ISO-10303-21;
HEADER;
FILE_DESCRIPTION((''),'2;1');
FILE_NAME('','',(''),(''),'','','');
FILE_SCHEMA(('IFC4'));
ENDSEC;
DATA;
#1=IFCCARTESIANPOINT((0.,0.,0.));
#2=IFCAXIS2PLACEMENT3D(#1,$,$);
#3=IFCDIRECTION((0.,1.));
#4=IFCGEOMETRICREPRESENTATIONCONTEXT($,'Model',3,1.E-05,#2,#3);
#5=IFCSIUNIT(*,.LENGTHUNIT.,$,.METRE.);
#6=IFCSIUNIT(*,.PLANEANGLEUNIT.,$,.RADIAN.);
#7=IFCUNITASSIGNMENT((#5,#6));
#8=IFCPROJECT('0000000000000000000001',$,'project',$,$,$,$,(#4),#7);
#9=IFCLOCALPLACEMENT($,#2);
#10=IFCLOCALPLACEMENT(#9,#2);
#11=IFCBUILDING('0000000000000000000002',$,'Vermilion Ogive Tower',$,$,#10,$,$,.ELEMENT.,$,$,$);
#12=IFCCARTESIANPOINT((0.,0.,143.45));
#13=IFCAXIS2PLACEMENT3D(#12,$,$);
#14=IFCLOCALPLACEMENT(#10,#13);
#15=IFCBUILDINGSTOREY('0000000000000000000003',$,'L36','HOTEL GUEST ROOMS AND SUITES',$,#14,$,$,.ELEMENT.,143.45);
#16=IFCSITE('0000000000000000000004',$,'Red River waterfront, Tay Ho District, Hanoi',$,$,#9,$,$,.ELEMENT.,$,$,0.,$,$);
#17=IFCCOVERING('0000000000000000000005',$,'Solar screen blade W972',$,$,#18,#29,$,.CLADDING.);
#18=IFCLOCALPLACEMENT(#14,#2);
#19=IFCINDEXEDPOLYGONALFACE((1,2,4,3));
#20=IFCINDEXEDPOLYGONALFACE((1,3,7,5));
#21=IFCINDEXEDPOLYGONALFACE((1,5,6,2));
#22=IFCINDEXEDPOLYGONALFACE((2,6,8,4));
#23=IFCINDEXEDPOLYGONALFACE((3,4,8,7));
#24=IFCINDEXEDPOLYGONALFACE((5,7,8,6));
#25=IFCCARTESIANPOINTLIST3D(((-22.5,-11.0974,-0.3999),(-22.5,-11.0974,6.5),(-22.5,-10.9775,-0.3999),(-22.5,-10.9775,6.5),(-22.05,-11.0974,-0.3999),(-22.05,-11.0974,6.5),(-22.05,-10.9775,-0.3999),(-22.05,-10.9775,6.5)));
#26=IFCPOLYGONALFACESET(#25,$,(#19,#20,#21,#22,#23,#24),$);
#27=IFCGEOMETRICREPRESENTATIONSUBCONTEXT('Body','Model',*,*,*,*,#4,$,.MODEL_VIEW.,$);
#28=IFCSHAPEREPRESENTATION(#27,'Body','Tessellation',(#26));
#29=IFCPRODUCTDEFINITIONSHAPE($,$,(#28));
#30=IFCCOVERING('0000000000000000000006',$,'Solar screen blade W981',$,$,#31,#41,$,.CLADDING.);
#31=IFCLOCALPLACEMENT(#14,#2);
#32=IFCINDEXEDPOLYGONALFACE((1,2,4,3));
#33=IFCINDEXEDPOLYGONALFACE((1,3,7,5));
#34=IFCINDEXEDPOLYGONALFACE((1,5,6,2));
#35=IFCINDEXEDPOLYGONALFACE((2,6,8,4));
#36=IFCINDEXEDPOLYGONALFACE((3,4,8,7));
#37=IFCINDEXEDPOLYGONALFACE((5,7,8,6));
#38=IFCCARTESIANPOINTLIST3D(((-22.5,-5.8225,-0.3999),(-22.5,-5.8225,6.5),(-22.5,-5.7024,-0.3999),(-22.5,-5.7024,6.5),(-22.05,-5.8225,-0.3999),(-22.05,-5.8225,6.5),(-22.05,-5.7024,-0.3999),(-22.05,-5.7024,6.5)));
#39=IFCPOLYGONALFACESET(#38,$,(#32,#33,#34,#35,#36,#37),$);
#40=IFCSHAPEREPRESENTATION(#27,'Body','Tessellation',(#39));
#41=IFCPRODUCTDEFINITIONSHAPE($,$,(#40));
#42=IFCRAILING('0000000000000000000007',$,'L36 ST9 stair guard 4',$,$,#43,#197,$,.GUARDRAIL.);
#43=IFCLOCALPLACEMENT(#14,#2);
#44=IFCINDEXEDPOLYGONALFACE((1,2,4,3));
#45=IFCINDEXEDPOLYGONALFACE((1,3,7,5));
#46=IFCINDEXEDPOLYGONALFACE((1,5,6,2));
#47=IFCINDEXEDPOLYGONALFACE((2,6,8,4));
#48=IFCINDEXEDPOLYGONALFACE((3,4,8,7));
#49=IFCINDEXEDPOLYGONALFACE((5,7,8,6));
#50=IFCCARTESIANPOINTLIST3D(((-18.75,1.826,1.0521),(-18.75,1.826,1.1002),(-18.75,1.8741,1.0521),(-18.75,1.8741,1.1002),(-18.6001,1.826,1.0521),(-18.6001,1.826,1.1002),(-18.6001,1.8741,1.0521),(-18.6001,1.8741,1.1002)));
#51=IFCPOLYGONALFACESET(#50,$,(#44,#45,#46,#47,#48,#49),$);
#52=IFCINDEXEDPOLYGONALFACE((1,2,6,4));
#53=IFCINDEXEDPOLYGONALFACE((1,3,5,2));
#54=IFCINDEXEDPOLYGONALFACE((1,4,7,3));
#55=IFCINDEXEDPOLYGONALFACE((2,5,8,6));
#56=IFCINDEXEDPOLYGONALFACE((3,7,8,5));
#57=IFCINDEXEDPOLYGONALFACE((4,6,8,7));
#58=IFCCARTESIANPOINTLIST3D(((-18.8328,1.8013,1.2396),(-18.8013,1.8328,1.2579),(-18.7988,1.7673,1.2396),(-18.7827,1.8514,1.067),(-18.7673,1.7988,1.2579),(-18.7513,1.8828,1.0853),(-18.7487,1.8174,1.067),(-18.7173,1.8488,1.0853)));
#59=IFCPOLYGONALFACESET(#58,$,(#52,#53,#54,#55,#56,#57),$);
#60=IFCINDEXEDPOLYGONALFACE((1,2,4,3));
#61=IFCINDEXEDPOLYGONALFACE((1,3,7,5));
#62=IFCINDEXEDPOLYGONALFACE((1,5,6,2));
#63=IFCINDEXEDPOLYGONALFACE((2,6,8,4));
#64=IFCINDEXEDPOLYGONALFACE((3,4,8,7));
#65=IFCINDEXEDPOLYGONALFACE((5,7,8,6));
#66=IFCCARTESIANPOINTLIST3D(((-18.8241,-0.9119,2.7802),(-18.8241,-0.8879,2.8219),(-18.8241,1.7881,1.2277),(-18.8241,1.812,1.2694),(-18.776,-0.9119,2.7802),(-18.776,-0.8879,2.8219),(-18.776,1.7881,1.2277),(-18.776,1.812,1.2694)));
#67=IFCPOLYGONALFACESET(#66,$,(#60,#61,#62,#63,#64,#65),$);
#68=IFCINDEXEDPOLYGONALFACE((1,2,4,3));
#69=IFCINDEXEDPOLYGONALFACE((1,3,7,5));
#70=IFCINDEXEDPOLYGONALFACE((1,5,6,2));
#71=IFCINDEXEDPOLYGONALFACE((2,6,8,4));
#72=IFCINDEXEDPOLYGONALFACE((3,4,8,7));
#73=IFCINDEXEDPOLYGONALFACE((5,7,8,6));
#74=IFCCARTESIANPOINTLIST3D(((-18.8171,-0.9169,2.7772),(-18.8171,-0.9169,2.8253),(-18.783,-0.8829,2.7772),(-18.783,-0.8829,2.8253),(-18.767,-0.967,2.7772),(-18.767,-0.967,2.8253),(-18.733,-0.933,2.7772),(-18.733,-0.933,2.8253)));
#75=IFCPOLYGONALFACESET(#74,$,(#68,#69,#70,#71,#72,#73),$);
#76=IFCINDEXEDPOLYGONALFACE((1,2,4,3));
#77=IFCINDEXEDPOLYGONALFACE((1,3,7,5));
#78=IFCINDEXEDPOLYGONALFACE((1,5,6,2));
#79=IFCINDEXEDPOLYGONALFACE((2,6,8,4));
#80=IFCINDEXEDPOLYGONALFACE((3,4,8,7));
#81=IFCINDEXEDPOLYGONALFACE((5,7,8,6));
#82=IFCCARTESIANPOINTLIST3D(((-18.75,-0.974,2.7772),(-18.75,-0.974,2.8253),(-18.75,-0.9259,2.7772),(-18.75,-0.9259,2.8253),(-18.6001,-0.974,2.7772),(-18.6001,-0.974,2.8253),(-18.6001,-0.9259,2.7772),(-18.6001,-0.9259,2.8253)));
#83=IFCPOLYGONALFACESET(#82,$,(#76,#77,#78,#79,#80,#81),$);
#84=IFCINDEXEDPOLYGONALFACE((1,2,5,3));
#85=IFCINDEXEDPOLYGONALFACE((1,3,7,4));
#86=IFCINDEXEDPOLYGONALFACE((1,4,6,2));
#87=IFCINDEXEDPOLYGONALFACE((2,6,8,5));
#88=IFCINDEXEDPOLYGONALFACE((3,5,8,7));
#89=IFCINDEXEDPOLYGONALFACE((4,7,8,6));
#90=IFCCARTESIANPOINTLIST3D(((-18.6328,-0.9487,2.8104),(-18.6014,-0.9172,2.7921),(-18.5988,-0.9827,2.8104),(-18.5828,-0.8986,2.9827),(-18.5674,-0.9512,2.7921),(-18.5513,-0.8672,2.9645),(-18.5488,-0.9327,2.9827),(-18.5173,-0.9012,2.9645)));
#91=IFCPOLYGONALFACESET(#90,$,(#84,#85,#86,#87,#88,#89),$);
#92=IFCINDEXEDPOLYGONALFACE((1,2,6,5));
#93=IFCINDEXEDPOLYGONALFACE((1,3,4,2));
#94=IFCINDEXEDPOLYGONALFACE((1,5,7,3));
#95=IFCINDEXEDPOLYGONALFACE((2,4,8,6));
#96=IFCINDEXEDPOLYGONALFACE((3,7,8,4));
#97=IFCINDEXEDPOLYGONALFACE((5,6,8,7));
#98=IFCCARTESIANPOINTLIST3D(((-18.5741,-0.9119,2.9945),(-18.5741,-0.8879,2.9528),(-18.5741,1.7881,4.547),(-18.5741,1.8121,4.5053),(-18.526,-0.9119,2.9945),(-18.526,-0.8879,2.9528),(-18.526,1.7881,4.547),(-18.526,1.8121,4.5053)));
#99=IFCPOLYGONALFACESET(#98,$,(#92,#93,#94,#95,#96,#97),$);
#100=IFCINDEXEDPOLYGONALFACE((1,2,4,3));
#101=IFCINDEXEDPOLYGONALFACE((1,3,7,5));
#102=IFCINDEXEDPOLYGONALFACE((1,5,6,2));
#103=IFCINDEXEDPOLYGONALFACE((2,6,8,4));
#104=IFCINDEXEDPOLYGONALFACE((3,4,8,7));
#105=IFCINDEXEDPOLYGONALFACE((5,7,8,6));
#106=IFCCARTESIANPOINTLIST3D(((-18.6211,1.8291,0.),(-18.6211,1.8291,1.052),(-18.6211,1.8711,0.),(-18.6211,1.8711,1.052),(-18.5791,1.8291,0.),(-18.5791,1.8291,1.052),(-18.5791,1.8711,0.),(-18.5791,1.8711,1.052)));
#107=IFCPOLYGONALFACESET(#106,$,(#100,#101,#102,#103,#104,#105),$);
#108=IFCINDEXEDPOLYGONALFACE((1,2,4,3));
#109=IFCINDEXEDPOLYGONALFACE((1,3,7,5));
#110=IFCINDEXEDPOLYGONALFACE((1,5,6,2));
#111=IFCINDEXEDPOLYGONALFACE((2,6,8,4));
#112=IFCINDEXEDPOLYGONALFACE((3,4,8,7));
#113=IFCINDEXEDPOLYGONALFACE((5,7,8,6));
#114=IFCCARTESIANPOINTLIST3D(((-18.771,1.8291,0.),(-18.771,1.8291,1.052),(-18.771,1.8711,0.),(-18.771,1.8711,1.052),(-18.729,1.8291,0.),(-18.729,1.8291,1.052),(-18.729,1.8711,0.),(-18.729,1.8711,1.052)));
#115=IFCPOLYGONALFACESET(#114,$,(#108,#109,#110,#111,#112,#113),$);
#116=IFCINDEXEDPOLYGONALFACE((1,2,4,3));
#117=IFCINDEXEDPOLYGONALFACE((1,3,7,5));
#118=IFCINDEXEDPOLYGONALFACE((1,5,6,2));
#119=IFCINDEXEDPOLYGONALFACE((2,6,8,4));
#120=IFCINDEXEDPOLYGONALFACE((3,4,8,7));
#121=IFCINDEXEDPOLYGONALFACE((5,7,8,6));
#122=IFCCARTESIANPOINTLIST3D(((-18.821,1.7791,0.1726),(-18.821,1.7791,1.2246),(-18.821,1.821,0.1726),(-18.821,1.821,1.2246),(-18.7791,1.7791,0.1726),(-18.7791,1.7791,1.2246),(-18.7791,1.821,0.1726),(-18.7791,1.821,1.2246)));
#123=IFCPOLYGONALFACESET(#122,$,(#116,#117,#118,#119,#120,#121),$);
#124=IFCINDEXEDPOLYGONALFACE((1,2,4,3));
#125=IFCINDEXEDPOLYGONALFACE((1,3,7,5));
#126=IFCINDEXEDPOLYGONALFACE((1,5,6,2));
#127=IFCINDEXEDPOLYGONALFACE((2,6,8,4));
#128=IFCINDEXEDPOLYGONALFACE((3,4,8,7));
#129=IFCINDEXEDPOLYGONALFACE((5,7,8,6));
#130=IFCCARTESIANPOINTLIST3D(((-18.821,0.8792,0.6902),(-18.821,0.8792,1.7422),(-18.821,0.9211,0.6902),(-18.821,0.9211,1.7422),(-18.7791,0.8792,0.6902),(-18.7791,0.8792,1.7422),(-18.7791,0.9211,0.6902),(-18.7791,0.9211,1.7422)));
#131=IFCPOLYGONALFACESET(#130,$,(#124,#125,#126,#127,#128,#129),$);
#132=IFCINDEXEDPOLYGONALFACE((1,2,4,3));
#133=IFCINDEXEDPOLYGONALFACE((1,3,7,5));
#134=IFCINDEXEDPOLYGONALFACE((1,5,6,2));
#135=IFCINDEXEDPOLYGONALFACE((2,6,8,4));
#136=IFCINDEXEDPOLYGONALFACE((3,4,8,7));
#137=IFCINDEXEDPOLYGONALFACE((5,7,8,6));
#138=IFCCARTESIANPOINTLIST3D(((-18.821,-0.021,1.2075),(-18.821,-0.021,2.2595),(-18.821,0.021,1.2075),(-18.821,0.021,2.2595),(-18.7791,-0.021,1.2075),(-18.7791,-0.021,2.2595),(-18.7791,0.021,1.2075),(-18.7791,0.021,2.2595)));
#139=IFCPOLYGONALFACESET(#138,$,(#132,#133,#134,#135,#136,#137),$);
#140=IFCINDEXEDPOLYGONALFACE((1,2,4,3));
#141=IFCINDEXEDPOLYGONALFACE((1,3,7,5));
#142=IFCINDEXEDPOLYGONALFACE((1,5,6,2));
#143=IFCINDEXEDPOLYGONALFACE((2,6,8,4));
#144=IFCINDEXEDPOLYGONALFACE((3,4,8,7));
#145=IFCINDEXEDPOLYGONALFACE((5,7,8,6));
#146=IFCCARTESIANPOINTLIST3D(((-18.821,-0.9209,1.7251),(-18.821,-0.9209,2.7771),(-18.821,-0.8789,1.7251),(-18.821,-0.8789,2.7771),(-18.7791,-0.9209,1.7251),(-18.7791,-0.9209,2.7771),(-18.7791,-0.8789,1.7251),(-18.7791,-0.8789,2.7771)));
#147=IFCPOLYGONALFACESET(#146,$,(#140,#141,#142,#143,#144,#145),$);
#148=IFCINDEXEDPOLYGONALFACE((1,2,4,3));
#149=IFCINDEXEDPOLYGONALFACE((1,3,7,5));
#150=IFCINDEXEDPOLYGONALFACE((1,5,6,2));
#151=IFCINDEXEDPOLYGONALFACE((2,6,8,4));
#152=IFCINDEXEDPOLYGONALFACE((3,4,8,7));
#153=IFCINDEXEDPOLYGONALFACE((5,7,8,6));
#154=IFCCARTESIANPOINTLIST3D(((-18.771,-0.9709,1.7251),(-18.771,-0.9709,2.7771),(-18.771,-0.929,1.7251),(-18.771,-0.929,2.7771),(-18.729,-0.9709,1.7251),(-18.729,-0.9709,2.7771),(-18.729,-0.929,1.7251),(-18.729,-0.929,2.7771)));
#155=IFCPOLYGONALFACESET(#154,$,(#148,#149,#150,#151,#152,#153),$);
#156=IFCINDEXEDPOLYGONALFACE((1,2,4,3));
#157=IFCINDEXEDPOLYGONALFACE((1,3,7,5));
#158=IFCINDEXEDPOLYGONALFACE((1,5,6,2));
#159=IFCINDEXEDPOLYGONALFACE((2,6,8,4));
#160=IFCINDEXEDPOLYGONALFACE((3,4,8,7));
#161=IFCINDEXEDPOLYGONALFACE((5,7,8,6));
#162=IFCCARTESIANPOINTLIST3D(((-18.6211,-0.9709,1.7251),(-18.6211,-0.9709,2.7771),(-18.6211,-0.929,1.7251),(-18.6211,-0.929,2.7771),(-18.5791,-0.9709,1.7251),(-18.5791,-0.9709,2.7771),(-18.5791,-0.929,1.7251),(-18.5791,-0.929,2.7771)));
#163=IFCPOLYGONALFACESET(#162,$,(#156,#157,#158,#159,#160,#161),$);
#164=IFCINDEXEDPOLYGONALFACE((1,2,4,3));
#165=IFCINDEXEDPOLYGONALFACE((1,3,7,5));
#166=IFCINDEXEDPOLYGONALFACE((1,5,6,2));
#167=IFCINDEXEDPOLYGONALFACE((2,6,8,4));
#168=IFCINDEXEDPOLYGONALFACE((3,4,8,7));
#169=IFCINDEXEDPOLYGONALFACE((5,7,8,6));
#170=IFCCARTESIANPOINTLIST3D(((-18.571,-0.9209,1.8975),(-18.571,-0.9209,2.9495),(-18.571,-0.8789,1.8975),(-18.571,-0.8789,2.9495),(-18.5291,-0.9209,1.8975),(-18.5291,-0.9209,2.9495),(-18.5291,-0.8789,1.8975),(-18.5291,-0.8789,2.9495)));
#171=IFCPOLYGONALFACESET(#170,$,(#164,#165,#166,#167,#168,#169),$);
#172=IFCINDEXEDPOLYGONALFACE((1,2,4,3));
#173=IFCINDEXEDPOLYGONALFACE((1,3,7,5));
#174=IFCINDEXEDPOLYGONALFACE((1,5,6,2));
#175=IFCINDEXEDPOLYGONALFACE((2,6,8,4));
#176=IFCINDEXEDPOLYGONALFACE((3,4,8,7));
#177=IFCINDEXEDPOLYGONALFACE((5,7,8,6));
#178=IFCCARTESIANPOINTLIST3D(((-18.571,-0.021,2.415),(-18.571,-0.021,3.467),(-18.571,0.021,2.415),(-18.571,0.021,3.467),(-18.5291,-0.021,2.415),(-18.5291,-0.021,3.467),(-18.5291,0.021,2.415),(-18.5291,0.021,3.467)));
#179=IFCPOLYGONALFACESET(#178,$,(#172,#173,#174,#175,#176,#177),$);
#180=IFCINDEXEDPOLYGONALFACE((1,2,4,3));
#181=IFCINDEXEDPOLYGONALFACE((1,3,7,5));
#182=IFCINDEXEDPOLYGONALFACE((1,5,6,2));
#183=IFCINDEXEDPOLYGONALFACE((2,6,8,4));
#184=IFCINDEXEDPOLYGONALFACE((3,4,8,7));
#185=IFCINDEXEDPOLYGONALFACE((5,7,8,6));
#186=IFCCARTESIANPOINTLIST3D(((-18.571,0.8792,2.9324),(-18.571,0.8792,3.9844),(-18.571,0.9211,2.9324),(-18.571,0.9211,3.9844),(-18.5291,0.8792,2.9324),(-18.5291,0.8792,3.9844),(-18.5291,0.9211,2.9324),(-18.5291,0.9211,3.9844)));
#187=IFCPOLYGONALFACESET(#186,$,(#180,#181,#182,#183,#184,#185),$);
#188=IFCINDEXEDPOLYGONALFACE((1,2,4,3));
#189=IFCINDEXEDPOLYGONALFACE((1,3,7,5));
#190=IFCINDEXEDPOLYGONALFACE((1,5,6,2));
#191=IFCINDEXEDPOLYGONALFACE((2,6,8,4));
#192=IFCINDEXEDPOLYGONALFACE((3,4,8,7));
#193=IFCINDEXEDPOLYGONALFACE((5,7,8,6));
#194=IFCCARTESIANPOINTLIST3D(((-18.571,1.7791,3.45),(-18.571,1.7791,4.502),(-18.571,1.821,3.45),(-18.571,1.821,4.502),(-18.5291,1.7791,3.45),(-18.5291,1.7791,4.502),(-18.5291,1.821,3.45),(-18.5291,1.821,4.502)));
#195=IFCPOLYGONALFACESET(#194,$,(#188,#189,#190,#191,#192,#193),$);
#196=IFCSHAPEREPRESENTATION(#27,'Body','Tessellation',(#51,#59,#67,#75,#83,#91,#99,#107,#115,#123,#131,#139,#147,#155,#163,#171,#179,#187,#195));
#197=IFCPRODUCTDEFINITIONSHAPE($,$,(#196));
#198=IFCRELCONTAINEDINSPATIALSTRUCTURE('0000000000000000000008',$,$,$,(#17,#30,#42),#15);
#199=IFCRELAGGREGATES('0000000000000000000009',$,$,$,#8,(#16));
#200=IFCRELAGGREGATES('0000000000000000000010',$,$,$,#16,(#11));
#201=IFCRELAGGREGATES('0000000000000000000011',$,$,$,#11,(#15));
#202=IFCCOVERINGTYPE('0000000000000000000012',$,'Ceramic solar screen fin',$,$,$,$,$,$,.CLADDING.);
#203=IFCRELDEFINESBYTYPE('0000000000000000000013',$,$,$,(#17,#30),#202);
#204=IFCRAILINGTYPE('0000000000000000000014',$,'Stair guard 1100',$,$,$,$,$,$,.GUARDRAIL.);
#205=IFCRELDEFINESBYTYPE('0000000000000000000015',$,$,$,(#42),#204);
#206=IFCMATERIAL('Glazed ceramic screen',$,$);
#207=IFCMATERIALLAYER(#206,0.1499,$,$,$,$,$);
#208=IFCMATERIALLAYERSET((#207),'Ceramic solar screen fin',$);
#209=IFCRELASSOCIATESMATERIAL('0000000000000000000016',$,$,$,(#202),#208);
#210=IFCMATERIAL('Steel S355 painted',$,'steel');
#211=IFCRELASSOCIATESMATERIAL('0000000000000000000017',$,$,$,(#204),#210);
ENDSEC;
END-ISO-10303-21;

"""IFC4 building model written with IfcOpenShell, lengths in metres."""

from ifc_helpers import new_model, si_unit, direction, frame, origin, origin_2d, place, context, subcontext, project, spatial, polyline, rectangle, outline, extrude, material, layer, layer_set, type_object, element, save


model = new_model("IFC4")

# Units and contexts
model_context = context("Model", 3, precision=1e-05, world=origin(), true_north=direction((0.0, 1.0)))
body_context = subcontext(model_context, "Body", "Model", "MODEL_VIEW")
ifc_project = project(units=[si_unit("LENGTHUNIT", "METRE"), si_unit("PLANEANGLEUNIT", "RADIAN")], contexts=[model_context])

# Site, building, storey
site_placement = place(None, origin())
site = spatial("IfcSite", under=ifc_project, at=site_placement, Name="Red River waterfront, Tay Ho District, Hanoi", CompositionType="ELEMENT", RefElevation=0.0)
building_placement = place(site_placement, origin())
building = spatial("IfcBuilding", under=site, at=building_placement, Name="Vermilion Ogive Tower", CompositionType="ELEMENT")
storey_placement = place(building_placement, frame((0.0, 0.0, 143.45)))
storey = spatial("IfcBuildingStorey", under=building, at=storey_placement, Name="L36", Description="HOTEL GUEST ROOMS AND SUITES", CompositionType="ELEMENT", Elevation=143.45)

# Coverings
ifc_material_1 = material(Name="Glazed ceramic screen")
ifc_layer_1 = layer(ifc_material_1, 0.1499)
ifc_layer_set_1 = layer_set([ifc_layer_1], Name="Ceramic solar screen fin")
covering_type = type_object("IfcCoveringType", Name="Ceramic solar screen fin", PredefinedType="CLADDING", material=ifc_layer_set_1)
covering_1_placement = place(storey_placement, frame((0.0, 0.0, -0.3999)))
element("IfcCovering", 1, at=covering_1_placement, inside=storey, type_object=covering_type, Name="Solar screen blade W972", PredefinedType="CLADDING", context=body_context, shape_type="SweptSolid", body=[
    extrude(outline(polyline([(-22.5, -10.9775), (-22.5, -11.0974), (-22.05, -11.0974), (-22.05, -10.9775), (-22.5, -10.9775)])), origin(), (0.0, 0.0, 1.0), 6.8999),
])
covering_2_placement = place(storey_placement, frame((0.0, 0.0, -0.3999)))
element("IfcCovering", 2, at=covering_2_placement, inside=storey, type_object=covering_type, Name="Solar screen blade W981", PredefinedType="CLADDING", context=body_context, shape_type="SweptSolid", body=[
    extrude(outline(polyline([(-22.5, -5.7024), (-22.5, -5.8225), (-22.05, -5.8225), (-22.05, -5.7024), (-22.5, -5.7024)])), origin(), (0.0, 0.0, 1.0), 6.8999),
])

# Railing
ifc_material_2 = material(Name="Steel S355 painted", Category="steel")
railing_type_1 = type_object("IfcRailingType", Name="Stair guard 1100", PredefinedType="GUARDRAIL", material=ifc_material_2)
railing_1_placement = place(storey_placement, frame((-18.6001, 1.8501, 0.0)))
element("IfcRailing", 3, at=railing_1_placement, inside=storey, type_object=railing_type_1, Name="L36 ST9 stair guard 4", PredefinedType="GUARDRAIL", context=body_context, shape_type="SweptSolid", body=[
    extrude(rectangle(XDim=0.0481, YDim=0.0481, at=origin_2d()), frame((0.0, 0.0, 1.0762), z_axis=(-1.0, 0.0, 0.0), x_axis=(0.0, -1.0, 0.0)), (0.0, 0.0, 1.0), 0.1499),
    extrude(rectangle(XDim=0.0481, YDim=0.0481, at=origin_2d()), frame((-0.1499, 0.0, 1.0762), z_axis=(-0.268278, -0.268278, 0.925232), x_axis=(0.707107, -0.707107, 0.0)), (0.0, 0.0, 1.0), 0.1865),
    extrude(rectangle(XDim=0.0481, YDim=0.0481, at=origin_2d()), frame((-0.2, -0.05, 1.2485), z_axis=(0.0, -0.866904, 0.498476), x_axis=(1.0, 0.0, 0.0)), (0.0, 0.0, 1.0), 3.1145),
    extrude(rectangle(XDim=0.0481, YDim=0.0481, at=origin_2d()), frame((-0.2, -2.75, 2.8013), z_axis=(0.707107, -0.707107, 0.0), x_axis=(0.707107, 0.707107, 0.0)), (0.0, 0.0, 1.0), 0.0708),
    extrude(rectangle(XDim=0.0481, YDim=0.0481, at=origin_2d()), frame((-0.1499, -2.8, 2.8013), z_axis=(1.0, 0.0, 0.0), x_axis=(0.0, 1.0, 0.0)), (0.0, 0.0, 1.0), 0.1499),
    extrude(rectangle(XDim=0.0481, YDim=0.0481, at=origin_2d()), frame((0.0, -2.8, 2.8013), z_axis=(0.268603, 0.268603, 0.925043), x_axis=(-0.707107, 0.707107, 0.0)), (0.0, 0.0, 1.0), 0.1863),
    extrude(rectangle(XDim=0.0481, YDim=0.0481, at=origin_2d()), frame((0.05, -2.75, 2.9736), z_axis=(0.0, 0.866904, 0.498476), x_axis=(-1.0, 0.0, 0.0)), (0.0, 0.0, 1.0), 3.1145),
    extrude(rectangle(XDim=0.042, YDim=0.042, at=origin_2d()), origin(), (0.0, 0.0, 1.0), 1.052),
    extrude(rectangle(XDim=0.042, YDim=0.042, at=origin_2d()), frame((-0.1499, 0.0, 0.0)), (0.0, 0.0, 1.0), 1.052),
    extrude(rectangle(XDim=0.042, YDim=0.042, at=origin_2d()), frame((-0.2, -0.05, 0.1726)), (0.0, 0.0, 1.0), 1.052),
    extrude(rectangle(XDim=0.042, YDim=0.042, at=origin_2d()), frame((-0.2, -0.95, 0.6902)), (0.0, 0.0, 1.0), 1.052),
    extrude(rectangle(XDim=0.042, YDim=0.042, at=origin_2d()), frame((-0.2, -1.8501, 1.2075)), (0.0, 0.0, 1.0), 1.052),
    extrude(rectangle(XDim=0.042, YDim=0.042, at=origin_2d()), frame((-0.2, -2.75, 1.7251)), (0.0, 0.0, 1.0), 1.052),
    extrude(rectangle(XDim=0.042, YDim=0.042, at=origin_2d()), frame((-0.1499, -2.8, 1.7251)), (0.0, 0.0, 1.0), 1.052),
    extrude(rectangle(XDim=0.042, YDim=0.042, at=origin_2d()), frame((0.0, -2.8, 1.7251)), (0.0, 0.0, 1.0), 1.052),
    extrude(rectangle(XDim=0.042, YDim=0.042, at=origin_2d()), frame((0.05, -2.75, 1.8975)), (0.0, 0.0, 1.0), 1.052),
    extrude(rectangle(XDim=0.042, YDim=0.042, at=origin_2d()), frame((0.05, -1.8501, 2.415)), (0.0, 0.0, 1.0), 1.052),
    extrude(rectangle(XDim=0.042, YDim=0.042, at=origin_2d()), frame((0.05, -0.95, 2.9324)), (0.0, 0.0, 1.0), 1.052),
    extrude(rectangle(XDim=0.042, YDim=0.042, at=origin_2d()), frame((0.05, -0.05, 3.45)), (0.0, 0.0, 1.0), 1.052),
])

save(model, "model.ifc")
